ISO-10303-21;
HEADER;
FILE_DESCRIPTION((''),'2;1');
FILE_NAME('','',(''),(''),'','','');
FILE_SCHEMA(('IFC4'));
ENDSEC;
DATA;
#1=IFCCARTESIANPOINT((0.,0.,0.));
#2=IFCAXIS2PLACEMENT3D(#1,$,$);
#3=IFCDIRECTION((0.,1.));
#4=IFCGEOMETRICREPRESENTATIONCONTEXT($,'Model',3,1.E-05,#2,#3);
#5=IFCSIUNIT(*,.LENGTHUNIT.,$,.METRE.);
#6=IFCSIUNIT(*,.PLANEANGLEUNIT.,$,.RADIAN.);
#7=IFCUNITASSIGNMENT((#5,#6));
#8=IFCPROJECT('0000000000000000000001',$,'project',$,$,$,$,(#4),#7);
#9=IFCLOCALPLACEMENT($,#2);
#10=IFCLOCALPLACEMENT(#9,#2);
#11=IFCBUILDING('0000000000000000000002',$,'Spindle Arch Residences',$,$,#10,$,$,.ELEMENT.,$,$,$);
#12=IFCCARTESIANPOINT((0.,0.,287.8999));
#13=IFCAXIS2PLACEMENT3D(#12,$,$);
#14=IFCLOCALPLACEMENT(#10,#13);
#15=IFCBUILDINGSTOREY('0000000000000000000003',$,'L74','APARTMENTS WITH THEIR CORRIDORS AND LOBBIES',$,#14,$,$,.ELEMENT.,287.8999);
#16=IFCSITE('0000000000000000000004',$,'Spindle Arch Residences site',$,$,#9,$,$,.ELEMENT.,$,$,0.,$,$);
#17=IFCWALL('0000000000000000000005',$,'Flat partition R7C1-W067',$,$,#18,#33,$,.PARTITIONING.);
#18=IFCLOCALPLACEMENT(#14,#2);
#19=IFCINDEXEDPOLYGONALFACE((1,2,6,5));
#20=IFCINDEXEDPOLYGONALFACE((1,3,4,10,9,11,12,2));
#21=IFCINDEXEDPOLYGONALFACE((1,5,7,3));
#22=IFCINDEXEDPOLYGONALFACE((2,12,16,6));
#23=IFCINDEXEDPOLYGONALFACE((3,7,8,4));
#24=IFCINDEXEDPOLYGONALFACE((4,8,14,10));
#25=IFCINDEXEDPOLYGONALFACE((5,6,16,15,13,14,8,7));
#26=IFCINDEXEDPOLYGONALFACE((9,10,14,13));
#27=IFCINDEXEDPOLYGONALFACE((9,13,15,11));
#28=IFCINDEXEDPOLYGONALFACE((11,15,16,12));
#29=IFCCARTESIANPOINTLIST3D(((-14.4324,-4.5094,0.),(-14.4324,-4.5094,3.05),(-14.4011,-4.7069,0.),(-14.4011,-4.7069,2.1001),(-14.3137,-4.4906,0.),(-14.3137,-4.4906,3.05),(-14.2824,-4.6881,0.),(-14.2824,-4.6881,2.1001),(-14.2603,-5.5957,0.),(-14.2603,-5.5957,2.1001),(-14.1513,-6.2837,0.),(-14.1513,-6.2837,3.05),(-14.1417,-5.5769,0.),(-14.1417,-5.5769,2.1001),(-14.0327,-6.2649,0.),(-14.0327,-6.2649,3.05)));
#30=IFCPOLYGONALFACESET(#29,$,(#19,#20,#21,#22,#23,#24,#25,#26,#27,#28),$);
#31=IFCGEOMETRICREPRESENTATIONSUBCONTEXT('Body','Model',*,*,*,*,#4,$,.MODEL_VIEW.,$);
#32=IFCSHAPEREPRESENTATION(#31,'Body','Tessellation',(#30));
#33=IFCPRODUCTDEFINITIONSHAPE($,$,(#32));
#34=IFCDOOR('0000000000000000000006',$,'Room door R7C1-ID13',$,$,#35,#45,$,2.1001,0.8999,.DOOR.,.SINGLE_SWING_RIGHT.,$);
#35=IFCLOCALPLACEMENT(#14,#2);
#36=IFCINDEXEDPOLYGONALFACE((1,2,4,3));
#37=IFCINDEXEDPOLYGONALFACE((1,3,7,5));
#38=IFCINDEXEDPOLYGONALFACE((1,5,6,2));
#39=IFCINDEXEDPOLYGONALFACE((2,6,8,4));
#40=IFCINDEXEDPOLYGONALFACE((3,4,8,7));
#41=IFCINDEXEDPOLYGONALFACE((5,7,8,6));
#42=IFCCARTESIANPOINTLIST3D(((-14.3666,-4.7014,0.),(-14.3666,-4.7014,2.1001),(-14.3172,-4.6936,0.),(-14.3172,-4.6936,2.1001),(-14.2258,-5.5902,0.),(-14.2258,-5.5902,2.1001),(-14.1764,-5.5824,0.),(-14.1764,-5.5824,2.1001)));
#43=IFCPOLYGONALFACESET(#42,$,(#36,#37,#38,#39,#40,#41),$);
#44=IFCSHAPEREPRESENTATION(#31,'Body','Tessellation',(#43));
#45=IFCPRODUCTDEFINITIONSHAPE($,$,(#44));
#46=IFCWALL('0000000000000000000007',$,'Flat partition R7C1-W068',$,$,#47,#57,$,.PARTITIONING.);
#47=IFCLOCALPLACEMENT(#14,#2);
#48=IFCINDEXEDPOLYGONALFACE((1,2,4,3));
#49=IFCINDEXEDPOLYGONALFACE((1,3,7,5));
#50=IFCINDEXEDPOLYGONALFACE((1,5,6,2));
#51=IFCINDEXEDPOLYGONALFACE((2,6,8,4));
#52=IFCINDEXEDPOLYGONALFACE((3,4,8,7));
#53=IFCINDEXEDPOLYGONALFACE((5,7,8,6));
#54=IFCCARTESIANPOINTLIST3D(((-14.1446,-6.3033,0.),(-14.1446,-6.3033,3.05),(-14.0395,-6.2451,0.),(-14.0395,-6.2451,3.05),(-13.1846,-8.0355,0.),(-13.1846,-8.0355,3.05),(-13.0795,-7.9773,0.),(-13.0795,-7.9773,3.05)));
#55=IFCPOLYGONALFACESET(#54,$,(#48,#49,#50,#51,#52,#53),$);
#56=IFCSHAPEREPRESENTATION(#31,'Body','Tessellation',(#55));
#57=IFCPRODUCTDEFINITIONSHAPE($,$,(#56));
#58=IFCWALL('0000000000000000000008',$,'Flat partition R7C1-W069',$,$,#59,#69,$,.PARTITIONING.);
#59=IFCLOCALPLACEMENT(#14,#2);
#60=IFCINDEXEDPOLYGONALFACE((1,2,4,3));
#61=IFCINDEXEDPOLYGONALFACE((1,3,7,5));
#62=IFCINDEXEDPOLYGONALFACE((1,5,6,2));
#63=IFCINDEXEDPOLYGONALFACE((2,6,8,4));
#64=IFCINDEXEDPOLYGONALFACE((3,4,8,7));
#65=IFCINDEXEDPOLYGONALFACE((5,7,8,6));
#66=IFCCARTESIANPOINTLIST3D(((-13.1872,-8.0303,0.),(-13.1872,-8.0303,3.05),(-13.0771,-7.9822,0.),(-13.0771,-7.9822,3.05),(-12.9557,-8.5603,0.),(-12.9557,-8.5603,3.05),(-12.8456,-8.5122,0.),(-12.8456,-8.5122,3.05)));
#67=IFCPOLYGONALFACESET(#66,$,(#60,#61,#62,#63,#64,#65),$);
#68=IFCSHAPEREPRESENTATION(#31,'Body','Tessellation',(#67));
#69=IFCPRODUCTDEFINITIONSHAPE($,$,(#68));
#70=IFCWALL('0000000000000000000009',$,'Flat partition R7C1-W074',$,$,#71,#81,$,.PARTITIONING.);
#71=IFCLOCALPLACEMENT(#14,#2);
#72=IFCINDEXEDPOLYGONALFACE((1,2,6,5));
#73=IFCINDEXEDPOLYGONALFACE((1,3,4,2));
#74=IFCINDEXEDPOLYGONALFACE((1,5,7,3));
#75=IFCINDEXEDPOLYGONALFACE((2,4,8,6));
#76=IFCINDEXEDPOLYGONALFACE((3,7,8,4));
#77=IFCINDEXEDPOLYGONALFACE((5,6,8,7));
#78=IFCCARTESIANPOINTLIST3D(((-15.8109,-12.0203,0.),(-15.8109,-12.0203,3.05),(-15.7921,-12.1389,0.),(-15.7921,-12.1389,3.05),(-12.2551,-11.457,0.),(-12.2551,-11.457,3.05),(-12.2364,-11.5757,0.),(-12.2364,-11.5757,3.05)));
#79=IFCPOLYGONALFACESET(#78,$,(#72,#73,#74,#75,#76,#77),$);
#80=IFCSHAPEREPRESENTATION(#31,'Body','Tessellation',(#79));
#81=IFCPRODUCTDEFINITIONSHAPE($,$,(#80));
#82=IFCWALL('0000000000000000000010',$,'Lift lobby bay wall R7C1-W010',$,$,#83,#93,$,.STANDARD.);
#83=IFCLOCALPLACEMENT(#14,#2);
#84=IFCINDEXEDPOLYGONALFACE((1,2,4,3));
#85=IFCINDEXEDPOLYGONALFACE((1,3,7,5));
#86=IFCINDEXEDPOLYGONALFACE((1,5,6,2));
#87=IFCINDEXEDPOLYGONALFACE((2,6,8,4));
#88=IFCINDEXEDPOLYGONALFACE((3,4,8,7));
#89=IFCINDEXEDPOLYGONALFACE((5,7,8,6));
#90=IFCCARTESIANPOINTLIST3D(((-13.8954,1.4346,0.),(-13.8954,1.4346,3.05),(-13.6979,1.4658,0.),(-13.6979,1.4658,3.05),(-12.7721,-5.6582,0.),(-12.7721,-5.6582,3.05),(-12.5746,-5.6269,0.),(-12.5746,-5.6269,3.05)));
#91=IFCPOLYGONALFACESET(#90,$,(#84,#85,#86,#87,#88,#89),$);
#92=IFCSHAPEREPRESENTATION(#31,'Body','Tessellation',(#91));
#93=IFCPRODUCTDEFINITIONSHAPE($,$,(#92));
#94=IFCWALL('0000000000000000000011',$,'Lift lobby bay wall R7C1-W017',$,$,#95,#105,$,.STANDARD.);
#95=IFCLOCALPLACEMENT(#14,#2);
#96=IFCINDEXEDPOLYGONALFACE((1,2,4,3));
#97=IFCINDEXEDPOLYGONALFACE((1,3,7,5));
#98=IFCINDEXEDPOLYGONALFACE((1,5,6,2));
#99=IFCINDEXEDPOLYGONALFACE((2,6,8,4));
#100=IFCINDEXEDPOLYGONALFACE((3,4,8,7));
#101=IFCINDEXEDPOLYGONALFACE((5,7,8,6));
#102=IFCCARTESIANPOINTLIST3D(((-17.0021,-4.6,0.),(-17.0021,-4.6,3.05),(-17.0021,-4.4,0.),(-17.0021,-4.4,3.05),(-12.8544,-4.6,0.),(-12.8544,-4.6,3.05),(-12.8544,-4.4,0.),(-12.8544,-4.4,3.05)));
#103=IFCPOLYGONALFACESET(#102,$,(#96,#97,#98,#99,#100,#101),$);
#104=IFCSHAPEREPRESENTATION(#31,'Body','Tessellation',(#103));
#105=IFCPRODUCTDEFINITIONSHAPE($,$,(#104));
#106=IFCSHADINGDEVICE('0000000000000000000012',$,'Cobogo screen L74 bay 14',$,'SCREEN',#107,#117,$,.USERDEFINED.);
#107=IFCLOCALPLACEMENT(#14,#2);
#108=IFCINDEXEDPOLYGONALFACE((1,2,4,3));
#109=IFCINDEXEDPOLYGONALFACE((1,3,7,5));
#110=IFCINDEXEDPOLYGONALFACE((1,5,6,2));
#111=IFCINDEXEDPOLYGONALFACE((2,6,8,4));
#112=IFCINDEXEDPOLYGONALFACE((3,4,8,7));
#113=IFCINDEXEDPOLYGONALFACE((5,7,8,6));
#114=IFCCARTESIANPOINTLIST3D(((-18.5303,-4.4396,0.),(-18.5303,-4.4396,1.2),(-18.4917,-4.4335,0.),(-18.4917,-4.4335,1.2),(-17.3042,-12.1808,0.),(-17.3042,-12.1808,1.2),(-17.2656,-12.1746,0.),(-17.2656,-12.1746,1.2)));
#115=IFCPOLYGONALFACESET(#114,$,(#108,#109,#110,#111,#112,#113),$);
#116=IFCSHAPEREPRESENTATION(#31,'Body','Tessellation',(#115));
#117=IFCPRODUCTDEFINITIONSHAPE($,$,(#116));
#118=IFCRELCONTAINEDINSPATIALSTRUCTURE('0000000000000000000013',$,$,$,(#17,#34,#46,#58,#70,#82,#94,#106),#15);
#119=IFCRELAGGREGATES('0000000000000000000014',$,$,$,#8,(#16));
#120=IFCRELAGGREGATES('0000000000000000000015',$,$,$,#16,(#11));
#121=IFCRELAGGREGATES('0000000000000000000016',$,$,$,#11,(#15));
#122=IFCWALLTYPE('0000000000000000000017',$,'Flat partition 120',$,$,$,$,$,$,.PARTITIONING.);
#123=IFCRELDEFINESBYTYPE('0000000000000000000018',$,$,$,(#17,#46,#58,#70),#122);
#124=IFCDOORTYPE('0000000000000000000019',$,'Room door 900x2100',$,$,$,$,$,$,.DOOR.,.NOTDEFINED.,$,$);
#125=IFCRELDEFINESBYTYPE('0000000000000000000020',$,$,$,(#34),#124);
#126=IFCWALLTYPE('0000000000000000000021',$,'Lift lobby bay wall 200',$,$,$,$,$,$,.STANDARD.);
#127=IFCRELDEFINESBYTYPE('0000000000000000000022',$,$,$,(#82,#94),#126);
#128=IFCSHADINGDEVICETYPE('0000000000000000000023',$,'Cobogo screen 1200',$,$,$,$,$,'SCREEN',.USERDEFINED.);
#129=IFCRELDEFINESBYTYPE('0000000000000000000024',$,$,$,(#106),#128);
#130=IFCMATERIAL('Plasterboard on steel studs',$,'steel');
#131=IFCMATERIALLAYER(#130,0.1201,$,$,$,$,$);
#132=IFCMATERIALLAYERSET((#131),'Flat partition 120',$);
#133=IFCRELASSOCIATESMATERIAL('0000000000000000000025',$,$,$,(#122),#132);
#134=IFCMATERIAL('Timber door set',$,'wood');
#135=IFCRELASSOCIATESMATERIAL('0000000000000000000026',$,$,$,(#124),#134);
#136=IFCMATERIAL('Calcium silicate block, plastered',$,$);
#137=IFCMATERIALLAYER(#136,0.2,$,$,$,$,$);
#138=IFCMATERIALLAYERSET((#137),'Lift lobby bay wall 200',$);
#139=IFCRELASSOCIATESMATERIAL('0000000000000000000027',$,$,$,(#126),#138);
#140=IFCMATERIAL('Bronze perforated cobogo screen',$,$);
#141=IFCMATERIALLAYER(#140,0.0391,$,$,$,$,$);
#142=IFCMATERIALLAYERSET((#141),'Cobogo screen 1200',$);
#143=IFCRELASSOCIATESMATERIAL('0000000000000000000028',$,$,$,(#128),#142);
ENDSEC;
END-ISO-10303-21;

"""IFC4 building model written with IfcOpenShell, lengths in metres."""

from ifc_helpers import new_model, si_unit, direction, frame, frame_2d, origin, origin_2d, place, context, subcontext, project, spatial, rectangle, extrude, material, layer, layer_set, type_object, element, fill, save


model = new_model("IFC4")

# Units and contexts
model_context = context("Model", 3, precision=1e-05, world=origin(), true_north=direction((0.0, 1.0)))
body_context = subcontext(model_context, "Body", "Model", "MODEL_VIEW")
ifc_project = project(units=[si_unit("LENGTHUNIT", "METRE"), si_unit("PLANEANGLEUNIT", "RADIAN")], contexts=[model_context])

# Site, building, storey
site_placement = place(None, origin())
site = spatial("IfcSite", under=ifc_project, at=site_placement, Name="Spindle Arch Residences site", CompositionType="ELEMENT", RefElevation=0.0)
building_placement = place(site_placement, origin())
building = spatial("IfcBuilding", under=site, at=building_placement, Name="Spindle Arch Residences", CompositionType="ELEMENT")
storey_placement = place(building_placement, frame((0.0, 0.0, 287.8999)))
storey = spatial("IfcBuildingStorey", under=building, at=storey_placement, Name="L74", Description="APARTMENTS WITH THEIR CORRIDORS AND LOBBIES", CompositionType="ELEMENT", Elevation=287.8999)

# Wall, opening, door
ifc_material_1 = material(Name="Plasterboard on steel studs", Category="steel")
ifc_layer_1 = layer(ifc_material_1, 0.1201)
ifc_layer_set_1 = layer_set([ifc_layer_1], Name="Flat partition 120")
wall_type_1 = type_object("IfcWallType", Name="Flat partition 120", PredefinedType="PARTITIONING", material=ifc_layer_set_1)
wall_1_placement = place(storey_placement, frame((-14.373, -4.5, 0.0), z_axis=(0.0, 0.0, 1.0), x_axis=(0.156437, -0.987688, 0.0)))
wall_1 = element("IfcWall", 1, at=wall_1_placement, inside=storey, type_object=wall_type_1, Name="Flat partition R7C1-W067", PredefinedType="PARTITIONING", context=body_context, shape_type="SweptSolid", body=[
    extrude(rectangle(XDim=1.7964, YDim=0.1201, at=frame_2d((0.8982, 0.0))), origin(), (0.0, 0.0, 1.0), 3.05),
])
opening_1_placement = place(wall_1_placement, frame((0.2, 0.0, 0.0)))
opening_1 = element("IfcOpeningElement", 2, at=opening_1_placement, cuts=wall_1, PredefinedType="OPENING", context=body_context, shape_type="SweptSolid", body=[
    extrude(rectangle(XDim=0.8999, YDim=2.1001, at=frame_2d((0.45, 1.05))), frame((0.0, 0.0701, 0.0), z_axis=(0.0, -1.0, 0.0), x_axis=(1.0, 0.0, 0.0)), (0.0, 0.0, 1.0), 0.1401),
])
ifc_material_2 = material(Name="Timber door set", Category="wood")
door_type_1 = type_object("IfcDoorType", Name="Room door 900x2100", OperationType="NOTDEFINED", PredefinedType="DOOR", material=ifc_material_2)
door_1_placement = place(opening_1_placement, origin())
door_1 = element("IfcDoor", 3, at=door_1_placement, inside=storey, type_object=door_type_1, Name="Room door R7C1-ID13", OperationType="SINGLE_SWING_RIGHT", OverallHeight=2.1001, OverallWidth=0.8999, PredefinedType="DOOR", context=body_context, shape_type="SweptSolid", body=[
    extrude(rectangle(XDim=0.8999, YDim=2.1001, at=frame_2d((0.45, 1.05))), frame((0.0, 0.0249, 0.0), z_axis=(0.0, -1.0, 0.0), x_axis=(1.0, 0.0, 0.0)), (0.0, 0.0, 1.0), 0.05),
])
fill(opening_1, door_1)

# Walls
wall_2_placement = place(storey_placement, frame((-14.092, -6.2742, 0.0), z_axis=(0.0, 0.0, 1.0), x_axis=(0.484732, -0.874663, 0.0)))
element("IfcWall", 4, at=wall_2_placement, inside=storey, type_object=wall_type_1, Name="Flat partition R7C1-W068", PredefinedType="PARTITIONING", context=body_context, shape_type="SweptSolid", body=[
    extrude(rectangle(XDim=1.9805, YDim=0.1201, at=frame_2d((0.9902, 0.0))), origin(), (0.0, 0.0, 1.0), 3.05),
])
wall_3_placement = place(storey_placement, frame((-13.1321, -8.0063, 0.0), z_axis=(0.0, 0.0, 1.0), x_axis=(0.400177, -0.916438, 0.0)))
element("IfcWall", 5, at=wall_3_placement, inside=storey, type_object=wall_type_1, Name="Flat partition R7C1-W069", PredefinedType="PARTITIONING", context=body_context, shape_type="SweptSolid", body=[
    extrude(rectangle(XDim=0.5784, YDim=0.1201, at=frame_2d((0.2891, 0.0))), origin(), (0.0, 0.0, 1.0), 3.05),
])
wall_4_placement = place(storey_placement, frame((-15.8015, -12.0796, 0.0), z_axis=(0.0, 0.0, 1.0), x_axis=(0.987685, 0.156454, 0.0)))
element("IfcWall", 6, at=wall_4_placement, inside=storey, type_object=wall_type_1, Name="Flat partition R7C1-W074", PredefinedType="PARTITIONING", context=body_context, shape_type="SweptSolid", body=[
    extrude(rectangle(XDim=3.6001, YDim=0.1201, at=frame_2d((1.8, 0.0))), origin(), (0.0, 0.0, 1.0), 3.05),
])

# Walls
ifc_material_3 = material(Name="Calcium silicate block, plastered")
ifc_layer_2 = layer(ifc_material_3, 0.2)
ifc_layer_set_2 = layer_set([ifc_layer_2], Name="Lift lobby bay wall 200")
wall_type_2 = type_object("IfcWallType", Name="Lift lobby bay wall 200", PredefinedType="STANDARD", material=ifc_layer_set_2)
wall_5_placement = place(storey_placement, frame((-13.7966, 1.4502, 0.0), z_axis=(0.0, 0.0, 1.0), x_axis=(0.156422, -0.98769, 0.0)))
element("IfcWall", 7, at=wall_5_placement, inside=storey, type_object=wall_type_2, Name="Lift lobby bay wall R7C1-W010", PredefinedType="STANDARD", context=body_context, shape_type="SweptSolid", body=[
    extrude(rectangle(XDim=7.1812, YDim=0.2, at=frame_2d((3.5906, 0.0))), origin(), (0.0, 0.0, 1.0), 3.05),
])
wall_6_placement = place(storey_placement, frame((-17.002, -4.5, 0.0), z_axis=(0.0, 0.0, 1.0), x_axis=(1.0, 0.0, 0.0)))
element("IfcWall", 8, at=wall_6_placement, inside=storey, type_object=wall_type_2, Name="Lift lobby bay wall R7C1-W017", PredefinedType="STANDARD", context=body_context, shape_type="SweptSolid", body=[
    extrude(rectangle(XDim=4.1477, YDim=0.2, at=frame_2d((2.0737, 0.0))), origin(), (0.0, 0.0, 1.0), 3.05),
])

# Shading device
ifc_material_4 = material(Name="Bronze perforated cobogo screen")
ifc_layer_3 = layer(ifc_material_4, 0.0391)
ifc_layer_set_3 = layer_set([ifc_layer_3], Name="Cobogo screen 1200")
shading_device_type = type_object("IfcShadingDeviceType", Name="Cobogo screen 1200", ElementType="SCREEN", PredefinedType="USERDEFINED", material=ifc_layer_set_3)
shading_device_placement = place(storey_placement, frame((-17.8979, -8.3071, 0.0), z_axis=(0.0, 0.0, 1.0), x_axis=(0.156434, -0.987688, 0.0)))
element("IfcShadingDevice", 9, at=shading_device_placement, inside=storey, type_object=shading_device_type, Name="Cobogo screen L74 bay 14", ObjectType="SCREEN", PredefinedType="USERDEFINED", context=body_context, shape_type="SweptSolid", body=[
    extrude(rectangle(XDim=7.8376, YDim=0.0391, at=origin_2d()), origin(), (0.0, 0.0, 1.0), 1.2),
])

save(model, "model.ifc")
